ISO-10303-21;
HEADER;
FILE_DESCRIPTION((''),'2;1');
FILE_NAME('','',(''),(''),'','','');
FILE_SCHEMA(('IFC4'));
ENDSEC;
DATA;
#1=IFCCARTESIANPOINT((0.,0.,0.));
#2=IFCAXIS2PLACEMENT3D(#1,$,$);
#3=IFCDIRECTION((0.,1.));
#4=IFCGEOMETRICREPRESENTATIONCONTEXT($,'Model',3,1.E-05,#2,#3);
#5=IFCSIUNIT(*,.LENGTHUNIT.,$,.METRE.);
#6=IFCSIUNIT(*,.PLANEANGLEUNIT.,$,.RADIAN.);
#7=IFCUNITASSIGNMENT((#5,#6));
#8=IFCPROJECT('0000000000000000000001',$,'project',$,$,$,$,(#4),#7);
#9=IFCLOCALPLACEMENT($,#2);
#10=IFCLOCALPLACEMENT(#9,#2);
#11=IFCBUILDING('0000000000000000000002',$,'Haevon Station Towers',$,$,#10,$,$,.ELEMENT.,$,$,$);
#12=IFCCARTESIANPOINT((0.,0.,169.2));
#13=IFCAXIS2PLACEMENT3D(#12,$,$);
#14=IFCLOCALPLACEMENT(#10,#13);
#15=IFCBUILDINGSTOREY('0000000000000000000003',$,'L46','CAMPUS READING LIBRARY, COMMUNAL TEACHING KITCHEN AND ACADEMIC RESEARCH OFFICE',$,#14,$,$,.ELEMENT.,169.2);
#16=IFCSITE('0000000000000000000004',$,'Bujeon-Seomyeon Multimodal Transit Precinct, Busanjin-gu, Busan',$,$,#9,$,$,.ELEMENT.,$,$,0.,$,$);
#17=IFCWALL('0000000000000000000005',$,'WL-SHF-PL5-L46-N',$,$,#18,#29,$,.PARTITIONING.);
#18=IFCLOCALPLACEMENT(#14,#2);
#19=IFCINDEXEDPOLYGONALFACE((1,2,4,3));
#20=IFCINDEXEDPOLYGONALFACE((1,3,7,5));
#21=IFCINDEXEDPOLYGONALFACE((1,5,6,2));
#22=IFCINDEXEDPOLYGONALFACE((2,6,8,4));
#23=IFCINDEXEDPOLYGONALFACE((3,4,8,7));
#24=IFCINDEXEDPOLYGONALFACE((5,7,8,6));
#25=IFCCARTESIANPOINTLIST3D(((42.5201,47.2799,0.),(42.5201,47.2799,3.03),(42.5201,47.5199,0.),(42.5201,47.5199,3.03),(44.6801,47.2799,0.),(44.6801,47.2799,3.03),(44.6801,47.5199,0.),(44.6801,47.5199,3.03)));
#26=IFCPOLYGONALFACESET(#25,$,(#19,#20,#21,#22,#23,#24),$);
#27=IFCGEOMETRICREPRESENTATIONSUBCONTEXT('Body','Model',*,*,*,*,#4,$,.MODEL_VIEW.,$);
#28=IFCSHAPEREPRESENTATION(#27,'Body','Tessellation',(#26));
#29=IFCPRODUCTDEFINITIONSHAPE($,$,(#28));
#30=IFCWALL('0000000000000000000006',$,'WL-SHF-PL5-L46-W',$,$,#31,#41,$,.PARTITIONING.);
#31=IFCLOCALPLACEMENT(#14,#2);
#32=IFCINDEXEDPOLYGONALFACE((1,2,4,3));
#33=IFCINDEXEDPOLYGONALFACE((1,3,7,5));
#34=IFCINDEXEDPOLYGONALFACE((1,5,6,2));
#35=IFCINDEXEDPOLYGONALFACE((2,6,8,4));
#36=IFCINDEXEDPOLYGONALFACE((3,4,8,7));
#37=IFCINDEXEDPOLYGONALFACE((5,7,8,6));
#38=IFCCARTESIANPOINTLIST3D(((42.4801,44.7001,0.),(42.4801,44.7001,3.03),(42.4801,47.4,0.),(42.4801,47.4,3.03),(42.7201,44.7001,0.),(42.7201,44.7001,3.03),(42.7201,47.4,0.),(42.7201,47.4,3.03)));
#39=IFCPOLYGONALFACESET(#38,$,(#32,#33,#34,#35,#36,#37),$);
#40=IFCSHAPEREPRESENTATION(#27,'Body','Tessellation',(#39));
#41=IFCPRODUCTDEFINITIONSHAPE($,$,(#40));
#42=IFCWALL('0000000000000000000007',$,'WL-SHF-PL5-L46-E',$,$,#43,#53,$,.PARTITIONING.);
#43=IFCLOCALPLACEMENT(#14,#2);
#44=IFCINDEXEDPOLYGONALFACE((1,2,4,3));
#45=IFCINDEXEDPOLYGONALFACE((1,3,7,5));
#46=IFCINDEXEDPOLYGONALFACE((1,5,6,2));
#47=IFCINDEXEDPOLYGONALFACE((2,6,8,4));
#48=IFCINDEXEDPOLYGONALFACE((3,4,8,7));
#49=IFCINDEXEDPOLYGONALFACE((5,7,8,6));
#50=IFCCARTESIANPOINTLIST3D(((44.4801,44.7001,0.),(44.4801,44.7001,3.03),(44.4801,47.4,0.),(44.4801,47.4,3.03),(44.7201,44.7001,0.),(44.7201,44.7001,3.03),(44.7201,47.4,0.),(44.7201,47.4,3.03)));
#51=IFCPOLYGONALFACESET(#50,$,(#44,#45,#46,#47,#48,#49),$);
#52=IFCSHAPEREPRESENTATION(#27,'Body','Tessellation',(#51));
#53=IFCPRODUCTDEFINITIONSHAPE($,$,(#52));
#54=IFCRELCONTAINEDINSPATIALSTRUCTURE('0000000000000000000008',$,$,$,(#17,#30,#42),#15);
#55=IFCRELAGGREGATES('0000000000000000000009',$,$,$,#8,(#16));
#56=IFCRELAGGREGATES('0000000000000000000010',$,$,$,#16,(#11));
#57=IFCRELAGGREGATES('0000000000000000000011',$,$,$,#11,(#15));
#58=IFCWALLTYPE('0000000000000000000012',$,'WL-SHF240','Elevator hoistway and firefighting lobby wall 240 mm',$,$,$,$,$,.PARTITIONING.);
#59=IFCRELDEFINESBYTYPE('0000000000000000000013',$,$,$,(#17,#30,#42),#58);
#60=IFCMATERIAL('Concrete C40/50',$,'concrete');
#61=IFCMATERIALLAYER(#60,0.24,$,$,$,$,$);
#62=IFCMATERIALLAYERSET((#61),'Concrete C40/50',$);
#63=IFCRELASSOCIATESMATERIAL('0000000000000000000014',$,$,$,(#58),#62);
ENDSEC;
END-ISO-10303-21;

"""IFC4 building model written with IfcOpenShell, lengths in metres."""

from ifc_helpers import new_model, si_unit, direction, frame, frame_2d, origin, place, context, subcontext, project, spatial, rectangle, extrude, material, layer, layer_set, type_object, element, save


model = new_model("IFC4")

# Units and contexts
model_context = context("Model", 3, precision=1e-05, world=origin(), true_north=direction((0.0, 1.0)))
body_context = subcontext(model_context, "Body", "Model", "MODEL_VIEW")
ifc_project = project(units=[si_unit("LENGTHUNIT", "METRE"), si_unit("PLANEANGLEUNIT", "RADIAN")], contexts=[model_context])

# Site, building, storey
site_placement = place(None, origin())
site = spatial("IfcSite", under=ifc_project, at=site_placement, Name="Bujeon-Seomyeon Multimodal Transit Precinct, Busanjin-gu, Busan", CompositionType="ELEMENT", RefElevation=0.0)
building_placement = place(site_placement, origin())
building = spatial("IfcBuilding", under=site, at=building_placement, Name="Haevon Station Towers", CompositionType="ELEMENT")
storey_placement = place(building_placement, frame((0.0, 0.0, 169.2)))
storey = spatial("IfcBuildingStorey", under=building, at=storey_placement, Name="L46", Description="CAMPUS READING LIBRARY, COMMUNAL TEACHING KITCHEN AND ACADEMIC RESEARCH OFFICE", CompositionType="ELEMENT", Elevation=169.2)

# Shared definitions
ifc_material_1 = material(Name="Concrete C40/50", Category="concrete")
ifc_layer_1 = layer(ifc_material_1, 0.24)
ifc_layer_set_1 = layer_set([ifc_layer_1], Name="Concrete C40/50")
wall_type_1 = type_object("IfcWallType", Name="WL-SHF240", Description="Elevator hoistway and firefighting lobby wall 240 mm", PredefinedType="PARTITIONING", material=ifc_layer_set_1)

# Walls
wall_1_placement = place(storey_placement, frame((42.52, 47.3999, 0.0), z_axis=(0.0, 0.0, 1.0), x_axis=(1.0, 0.0, 0.0)))
element("IfcWall", 1, at=wall_1_placement, inside=storey, type_object=wall_type_1, Name="WL-SHF-PL5-L46-N", PredefinedType="PARTITIONING", context=body_context, shape_type="SweptSolid", body=[
    extrude(rectangle(XDim=2.1599, YDim=0.24, at=frame_2d((1.0801, 0.0))), origin(), (0.0, 0.0, 1.0), 3.03),
])
for number, where, z_axis, x_axis, name in (
    (2, (42.6001, 44.7, 0.0), (0.0, 0.0, 1.0), (0.0, 1.0, 0.0), "WL-SHF-PL5-L46-W"),
    (3, (44.6001, 44.7, 0.0), (0.0, 0.0, 1.0), (0.0, 1.0, 0.0), "WL-SHF-PL5-L46-E"),
):
    element("IfcWall", number, at=place(storey_placement, frame(where, z_axis=z_axis, x_axis=x_axis)), inside=storey, type_object=wall_type_1, Name=name, PredefinedType="PARTITIONING", context=body_context, shape_type="SweptSolid", body=[
        extrude(rectangle(XDim=2.7, YDim=0.24, at=frame_2d((1.3501, 0.0))), origin(), (0.0, 0.0, 1.0), 3.03),
    ])

save(model, "model.ifc")
